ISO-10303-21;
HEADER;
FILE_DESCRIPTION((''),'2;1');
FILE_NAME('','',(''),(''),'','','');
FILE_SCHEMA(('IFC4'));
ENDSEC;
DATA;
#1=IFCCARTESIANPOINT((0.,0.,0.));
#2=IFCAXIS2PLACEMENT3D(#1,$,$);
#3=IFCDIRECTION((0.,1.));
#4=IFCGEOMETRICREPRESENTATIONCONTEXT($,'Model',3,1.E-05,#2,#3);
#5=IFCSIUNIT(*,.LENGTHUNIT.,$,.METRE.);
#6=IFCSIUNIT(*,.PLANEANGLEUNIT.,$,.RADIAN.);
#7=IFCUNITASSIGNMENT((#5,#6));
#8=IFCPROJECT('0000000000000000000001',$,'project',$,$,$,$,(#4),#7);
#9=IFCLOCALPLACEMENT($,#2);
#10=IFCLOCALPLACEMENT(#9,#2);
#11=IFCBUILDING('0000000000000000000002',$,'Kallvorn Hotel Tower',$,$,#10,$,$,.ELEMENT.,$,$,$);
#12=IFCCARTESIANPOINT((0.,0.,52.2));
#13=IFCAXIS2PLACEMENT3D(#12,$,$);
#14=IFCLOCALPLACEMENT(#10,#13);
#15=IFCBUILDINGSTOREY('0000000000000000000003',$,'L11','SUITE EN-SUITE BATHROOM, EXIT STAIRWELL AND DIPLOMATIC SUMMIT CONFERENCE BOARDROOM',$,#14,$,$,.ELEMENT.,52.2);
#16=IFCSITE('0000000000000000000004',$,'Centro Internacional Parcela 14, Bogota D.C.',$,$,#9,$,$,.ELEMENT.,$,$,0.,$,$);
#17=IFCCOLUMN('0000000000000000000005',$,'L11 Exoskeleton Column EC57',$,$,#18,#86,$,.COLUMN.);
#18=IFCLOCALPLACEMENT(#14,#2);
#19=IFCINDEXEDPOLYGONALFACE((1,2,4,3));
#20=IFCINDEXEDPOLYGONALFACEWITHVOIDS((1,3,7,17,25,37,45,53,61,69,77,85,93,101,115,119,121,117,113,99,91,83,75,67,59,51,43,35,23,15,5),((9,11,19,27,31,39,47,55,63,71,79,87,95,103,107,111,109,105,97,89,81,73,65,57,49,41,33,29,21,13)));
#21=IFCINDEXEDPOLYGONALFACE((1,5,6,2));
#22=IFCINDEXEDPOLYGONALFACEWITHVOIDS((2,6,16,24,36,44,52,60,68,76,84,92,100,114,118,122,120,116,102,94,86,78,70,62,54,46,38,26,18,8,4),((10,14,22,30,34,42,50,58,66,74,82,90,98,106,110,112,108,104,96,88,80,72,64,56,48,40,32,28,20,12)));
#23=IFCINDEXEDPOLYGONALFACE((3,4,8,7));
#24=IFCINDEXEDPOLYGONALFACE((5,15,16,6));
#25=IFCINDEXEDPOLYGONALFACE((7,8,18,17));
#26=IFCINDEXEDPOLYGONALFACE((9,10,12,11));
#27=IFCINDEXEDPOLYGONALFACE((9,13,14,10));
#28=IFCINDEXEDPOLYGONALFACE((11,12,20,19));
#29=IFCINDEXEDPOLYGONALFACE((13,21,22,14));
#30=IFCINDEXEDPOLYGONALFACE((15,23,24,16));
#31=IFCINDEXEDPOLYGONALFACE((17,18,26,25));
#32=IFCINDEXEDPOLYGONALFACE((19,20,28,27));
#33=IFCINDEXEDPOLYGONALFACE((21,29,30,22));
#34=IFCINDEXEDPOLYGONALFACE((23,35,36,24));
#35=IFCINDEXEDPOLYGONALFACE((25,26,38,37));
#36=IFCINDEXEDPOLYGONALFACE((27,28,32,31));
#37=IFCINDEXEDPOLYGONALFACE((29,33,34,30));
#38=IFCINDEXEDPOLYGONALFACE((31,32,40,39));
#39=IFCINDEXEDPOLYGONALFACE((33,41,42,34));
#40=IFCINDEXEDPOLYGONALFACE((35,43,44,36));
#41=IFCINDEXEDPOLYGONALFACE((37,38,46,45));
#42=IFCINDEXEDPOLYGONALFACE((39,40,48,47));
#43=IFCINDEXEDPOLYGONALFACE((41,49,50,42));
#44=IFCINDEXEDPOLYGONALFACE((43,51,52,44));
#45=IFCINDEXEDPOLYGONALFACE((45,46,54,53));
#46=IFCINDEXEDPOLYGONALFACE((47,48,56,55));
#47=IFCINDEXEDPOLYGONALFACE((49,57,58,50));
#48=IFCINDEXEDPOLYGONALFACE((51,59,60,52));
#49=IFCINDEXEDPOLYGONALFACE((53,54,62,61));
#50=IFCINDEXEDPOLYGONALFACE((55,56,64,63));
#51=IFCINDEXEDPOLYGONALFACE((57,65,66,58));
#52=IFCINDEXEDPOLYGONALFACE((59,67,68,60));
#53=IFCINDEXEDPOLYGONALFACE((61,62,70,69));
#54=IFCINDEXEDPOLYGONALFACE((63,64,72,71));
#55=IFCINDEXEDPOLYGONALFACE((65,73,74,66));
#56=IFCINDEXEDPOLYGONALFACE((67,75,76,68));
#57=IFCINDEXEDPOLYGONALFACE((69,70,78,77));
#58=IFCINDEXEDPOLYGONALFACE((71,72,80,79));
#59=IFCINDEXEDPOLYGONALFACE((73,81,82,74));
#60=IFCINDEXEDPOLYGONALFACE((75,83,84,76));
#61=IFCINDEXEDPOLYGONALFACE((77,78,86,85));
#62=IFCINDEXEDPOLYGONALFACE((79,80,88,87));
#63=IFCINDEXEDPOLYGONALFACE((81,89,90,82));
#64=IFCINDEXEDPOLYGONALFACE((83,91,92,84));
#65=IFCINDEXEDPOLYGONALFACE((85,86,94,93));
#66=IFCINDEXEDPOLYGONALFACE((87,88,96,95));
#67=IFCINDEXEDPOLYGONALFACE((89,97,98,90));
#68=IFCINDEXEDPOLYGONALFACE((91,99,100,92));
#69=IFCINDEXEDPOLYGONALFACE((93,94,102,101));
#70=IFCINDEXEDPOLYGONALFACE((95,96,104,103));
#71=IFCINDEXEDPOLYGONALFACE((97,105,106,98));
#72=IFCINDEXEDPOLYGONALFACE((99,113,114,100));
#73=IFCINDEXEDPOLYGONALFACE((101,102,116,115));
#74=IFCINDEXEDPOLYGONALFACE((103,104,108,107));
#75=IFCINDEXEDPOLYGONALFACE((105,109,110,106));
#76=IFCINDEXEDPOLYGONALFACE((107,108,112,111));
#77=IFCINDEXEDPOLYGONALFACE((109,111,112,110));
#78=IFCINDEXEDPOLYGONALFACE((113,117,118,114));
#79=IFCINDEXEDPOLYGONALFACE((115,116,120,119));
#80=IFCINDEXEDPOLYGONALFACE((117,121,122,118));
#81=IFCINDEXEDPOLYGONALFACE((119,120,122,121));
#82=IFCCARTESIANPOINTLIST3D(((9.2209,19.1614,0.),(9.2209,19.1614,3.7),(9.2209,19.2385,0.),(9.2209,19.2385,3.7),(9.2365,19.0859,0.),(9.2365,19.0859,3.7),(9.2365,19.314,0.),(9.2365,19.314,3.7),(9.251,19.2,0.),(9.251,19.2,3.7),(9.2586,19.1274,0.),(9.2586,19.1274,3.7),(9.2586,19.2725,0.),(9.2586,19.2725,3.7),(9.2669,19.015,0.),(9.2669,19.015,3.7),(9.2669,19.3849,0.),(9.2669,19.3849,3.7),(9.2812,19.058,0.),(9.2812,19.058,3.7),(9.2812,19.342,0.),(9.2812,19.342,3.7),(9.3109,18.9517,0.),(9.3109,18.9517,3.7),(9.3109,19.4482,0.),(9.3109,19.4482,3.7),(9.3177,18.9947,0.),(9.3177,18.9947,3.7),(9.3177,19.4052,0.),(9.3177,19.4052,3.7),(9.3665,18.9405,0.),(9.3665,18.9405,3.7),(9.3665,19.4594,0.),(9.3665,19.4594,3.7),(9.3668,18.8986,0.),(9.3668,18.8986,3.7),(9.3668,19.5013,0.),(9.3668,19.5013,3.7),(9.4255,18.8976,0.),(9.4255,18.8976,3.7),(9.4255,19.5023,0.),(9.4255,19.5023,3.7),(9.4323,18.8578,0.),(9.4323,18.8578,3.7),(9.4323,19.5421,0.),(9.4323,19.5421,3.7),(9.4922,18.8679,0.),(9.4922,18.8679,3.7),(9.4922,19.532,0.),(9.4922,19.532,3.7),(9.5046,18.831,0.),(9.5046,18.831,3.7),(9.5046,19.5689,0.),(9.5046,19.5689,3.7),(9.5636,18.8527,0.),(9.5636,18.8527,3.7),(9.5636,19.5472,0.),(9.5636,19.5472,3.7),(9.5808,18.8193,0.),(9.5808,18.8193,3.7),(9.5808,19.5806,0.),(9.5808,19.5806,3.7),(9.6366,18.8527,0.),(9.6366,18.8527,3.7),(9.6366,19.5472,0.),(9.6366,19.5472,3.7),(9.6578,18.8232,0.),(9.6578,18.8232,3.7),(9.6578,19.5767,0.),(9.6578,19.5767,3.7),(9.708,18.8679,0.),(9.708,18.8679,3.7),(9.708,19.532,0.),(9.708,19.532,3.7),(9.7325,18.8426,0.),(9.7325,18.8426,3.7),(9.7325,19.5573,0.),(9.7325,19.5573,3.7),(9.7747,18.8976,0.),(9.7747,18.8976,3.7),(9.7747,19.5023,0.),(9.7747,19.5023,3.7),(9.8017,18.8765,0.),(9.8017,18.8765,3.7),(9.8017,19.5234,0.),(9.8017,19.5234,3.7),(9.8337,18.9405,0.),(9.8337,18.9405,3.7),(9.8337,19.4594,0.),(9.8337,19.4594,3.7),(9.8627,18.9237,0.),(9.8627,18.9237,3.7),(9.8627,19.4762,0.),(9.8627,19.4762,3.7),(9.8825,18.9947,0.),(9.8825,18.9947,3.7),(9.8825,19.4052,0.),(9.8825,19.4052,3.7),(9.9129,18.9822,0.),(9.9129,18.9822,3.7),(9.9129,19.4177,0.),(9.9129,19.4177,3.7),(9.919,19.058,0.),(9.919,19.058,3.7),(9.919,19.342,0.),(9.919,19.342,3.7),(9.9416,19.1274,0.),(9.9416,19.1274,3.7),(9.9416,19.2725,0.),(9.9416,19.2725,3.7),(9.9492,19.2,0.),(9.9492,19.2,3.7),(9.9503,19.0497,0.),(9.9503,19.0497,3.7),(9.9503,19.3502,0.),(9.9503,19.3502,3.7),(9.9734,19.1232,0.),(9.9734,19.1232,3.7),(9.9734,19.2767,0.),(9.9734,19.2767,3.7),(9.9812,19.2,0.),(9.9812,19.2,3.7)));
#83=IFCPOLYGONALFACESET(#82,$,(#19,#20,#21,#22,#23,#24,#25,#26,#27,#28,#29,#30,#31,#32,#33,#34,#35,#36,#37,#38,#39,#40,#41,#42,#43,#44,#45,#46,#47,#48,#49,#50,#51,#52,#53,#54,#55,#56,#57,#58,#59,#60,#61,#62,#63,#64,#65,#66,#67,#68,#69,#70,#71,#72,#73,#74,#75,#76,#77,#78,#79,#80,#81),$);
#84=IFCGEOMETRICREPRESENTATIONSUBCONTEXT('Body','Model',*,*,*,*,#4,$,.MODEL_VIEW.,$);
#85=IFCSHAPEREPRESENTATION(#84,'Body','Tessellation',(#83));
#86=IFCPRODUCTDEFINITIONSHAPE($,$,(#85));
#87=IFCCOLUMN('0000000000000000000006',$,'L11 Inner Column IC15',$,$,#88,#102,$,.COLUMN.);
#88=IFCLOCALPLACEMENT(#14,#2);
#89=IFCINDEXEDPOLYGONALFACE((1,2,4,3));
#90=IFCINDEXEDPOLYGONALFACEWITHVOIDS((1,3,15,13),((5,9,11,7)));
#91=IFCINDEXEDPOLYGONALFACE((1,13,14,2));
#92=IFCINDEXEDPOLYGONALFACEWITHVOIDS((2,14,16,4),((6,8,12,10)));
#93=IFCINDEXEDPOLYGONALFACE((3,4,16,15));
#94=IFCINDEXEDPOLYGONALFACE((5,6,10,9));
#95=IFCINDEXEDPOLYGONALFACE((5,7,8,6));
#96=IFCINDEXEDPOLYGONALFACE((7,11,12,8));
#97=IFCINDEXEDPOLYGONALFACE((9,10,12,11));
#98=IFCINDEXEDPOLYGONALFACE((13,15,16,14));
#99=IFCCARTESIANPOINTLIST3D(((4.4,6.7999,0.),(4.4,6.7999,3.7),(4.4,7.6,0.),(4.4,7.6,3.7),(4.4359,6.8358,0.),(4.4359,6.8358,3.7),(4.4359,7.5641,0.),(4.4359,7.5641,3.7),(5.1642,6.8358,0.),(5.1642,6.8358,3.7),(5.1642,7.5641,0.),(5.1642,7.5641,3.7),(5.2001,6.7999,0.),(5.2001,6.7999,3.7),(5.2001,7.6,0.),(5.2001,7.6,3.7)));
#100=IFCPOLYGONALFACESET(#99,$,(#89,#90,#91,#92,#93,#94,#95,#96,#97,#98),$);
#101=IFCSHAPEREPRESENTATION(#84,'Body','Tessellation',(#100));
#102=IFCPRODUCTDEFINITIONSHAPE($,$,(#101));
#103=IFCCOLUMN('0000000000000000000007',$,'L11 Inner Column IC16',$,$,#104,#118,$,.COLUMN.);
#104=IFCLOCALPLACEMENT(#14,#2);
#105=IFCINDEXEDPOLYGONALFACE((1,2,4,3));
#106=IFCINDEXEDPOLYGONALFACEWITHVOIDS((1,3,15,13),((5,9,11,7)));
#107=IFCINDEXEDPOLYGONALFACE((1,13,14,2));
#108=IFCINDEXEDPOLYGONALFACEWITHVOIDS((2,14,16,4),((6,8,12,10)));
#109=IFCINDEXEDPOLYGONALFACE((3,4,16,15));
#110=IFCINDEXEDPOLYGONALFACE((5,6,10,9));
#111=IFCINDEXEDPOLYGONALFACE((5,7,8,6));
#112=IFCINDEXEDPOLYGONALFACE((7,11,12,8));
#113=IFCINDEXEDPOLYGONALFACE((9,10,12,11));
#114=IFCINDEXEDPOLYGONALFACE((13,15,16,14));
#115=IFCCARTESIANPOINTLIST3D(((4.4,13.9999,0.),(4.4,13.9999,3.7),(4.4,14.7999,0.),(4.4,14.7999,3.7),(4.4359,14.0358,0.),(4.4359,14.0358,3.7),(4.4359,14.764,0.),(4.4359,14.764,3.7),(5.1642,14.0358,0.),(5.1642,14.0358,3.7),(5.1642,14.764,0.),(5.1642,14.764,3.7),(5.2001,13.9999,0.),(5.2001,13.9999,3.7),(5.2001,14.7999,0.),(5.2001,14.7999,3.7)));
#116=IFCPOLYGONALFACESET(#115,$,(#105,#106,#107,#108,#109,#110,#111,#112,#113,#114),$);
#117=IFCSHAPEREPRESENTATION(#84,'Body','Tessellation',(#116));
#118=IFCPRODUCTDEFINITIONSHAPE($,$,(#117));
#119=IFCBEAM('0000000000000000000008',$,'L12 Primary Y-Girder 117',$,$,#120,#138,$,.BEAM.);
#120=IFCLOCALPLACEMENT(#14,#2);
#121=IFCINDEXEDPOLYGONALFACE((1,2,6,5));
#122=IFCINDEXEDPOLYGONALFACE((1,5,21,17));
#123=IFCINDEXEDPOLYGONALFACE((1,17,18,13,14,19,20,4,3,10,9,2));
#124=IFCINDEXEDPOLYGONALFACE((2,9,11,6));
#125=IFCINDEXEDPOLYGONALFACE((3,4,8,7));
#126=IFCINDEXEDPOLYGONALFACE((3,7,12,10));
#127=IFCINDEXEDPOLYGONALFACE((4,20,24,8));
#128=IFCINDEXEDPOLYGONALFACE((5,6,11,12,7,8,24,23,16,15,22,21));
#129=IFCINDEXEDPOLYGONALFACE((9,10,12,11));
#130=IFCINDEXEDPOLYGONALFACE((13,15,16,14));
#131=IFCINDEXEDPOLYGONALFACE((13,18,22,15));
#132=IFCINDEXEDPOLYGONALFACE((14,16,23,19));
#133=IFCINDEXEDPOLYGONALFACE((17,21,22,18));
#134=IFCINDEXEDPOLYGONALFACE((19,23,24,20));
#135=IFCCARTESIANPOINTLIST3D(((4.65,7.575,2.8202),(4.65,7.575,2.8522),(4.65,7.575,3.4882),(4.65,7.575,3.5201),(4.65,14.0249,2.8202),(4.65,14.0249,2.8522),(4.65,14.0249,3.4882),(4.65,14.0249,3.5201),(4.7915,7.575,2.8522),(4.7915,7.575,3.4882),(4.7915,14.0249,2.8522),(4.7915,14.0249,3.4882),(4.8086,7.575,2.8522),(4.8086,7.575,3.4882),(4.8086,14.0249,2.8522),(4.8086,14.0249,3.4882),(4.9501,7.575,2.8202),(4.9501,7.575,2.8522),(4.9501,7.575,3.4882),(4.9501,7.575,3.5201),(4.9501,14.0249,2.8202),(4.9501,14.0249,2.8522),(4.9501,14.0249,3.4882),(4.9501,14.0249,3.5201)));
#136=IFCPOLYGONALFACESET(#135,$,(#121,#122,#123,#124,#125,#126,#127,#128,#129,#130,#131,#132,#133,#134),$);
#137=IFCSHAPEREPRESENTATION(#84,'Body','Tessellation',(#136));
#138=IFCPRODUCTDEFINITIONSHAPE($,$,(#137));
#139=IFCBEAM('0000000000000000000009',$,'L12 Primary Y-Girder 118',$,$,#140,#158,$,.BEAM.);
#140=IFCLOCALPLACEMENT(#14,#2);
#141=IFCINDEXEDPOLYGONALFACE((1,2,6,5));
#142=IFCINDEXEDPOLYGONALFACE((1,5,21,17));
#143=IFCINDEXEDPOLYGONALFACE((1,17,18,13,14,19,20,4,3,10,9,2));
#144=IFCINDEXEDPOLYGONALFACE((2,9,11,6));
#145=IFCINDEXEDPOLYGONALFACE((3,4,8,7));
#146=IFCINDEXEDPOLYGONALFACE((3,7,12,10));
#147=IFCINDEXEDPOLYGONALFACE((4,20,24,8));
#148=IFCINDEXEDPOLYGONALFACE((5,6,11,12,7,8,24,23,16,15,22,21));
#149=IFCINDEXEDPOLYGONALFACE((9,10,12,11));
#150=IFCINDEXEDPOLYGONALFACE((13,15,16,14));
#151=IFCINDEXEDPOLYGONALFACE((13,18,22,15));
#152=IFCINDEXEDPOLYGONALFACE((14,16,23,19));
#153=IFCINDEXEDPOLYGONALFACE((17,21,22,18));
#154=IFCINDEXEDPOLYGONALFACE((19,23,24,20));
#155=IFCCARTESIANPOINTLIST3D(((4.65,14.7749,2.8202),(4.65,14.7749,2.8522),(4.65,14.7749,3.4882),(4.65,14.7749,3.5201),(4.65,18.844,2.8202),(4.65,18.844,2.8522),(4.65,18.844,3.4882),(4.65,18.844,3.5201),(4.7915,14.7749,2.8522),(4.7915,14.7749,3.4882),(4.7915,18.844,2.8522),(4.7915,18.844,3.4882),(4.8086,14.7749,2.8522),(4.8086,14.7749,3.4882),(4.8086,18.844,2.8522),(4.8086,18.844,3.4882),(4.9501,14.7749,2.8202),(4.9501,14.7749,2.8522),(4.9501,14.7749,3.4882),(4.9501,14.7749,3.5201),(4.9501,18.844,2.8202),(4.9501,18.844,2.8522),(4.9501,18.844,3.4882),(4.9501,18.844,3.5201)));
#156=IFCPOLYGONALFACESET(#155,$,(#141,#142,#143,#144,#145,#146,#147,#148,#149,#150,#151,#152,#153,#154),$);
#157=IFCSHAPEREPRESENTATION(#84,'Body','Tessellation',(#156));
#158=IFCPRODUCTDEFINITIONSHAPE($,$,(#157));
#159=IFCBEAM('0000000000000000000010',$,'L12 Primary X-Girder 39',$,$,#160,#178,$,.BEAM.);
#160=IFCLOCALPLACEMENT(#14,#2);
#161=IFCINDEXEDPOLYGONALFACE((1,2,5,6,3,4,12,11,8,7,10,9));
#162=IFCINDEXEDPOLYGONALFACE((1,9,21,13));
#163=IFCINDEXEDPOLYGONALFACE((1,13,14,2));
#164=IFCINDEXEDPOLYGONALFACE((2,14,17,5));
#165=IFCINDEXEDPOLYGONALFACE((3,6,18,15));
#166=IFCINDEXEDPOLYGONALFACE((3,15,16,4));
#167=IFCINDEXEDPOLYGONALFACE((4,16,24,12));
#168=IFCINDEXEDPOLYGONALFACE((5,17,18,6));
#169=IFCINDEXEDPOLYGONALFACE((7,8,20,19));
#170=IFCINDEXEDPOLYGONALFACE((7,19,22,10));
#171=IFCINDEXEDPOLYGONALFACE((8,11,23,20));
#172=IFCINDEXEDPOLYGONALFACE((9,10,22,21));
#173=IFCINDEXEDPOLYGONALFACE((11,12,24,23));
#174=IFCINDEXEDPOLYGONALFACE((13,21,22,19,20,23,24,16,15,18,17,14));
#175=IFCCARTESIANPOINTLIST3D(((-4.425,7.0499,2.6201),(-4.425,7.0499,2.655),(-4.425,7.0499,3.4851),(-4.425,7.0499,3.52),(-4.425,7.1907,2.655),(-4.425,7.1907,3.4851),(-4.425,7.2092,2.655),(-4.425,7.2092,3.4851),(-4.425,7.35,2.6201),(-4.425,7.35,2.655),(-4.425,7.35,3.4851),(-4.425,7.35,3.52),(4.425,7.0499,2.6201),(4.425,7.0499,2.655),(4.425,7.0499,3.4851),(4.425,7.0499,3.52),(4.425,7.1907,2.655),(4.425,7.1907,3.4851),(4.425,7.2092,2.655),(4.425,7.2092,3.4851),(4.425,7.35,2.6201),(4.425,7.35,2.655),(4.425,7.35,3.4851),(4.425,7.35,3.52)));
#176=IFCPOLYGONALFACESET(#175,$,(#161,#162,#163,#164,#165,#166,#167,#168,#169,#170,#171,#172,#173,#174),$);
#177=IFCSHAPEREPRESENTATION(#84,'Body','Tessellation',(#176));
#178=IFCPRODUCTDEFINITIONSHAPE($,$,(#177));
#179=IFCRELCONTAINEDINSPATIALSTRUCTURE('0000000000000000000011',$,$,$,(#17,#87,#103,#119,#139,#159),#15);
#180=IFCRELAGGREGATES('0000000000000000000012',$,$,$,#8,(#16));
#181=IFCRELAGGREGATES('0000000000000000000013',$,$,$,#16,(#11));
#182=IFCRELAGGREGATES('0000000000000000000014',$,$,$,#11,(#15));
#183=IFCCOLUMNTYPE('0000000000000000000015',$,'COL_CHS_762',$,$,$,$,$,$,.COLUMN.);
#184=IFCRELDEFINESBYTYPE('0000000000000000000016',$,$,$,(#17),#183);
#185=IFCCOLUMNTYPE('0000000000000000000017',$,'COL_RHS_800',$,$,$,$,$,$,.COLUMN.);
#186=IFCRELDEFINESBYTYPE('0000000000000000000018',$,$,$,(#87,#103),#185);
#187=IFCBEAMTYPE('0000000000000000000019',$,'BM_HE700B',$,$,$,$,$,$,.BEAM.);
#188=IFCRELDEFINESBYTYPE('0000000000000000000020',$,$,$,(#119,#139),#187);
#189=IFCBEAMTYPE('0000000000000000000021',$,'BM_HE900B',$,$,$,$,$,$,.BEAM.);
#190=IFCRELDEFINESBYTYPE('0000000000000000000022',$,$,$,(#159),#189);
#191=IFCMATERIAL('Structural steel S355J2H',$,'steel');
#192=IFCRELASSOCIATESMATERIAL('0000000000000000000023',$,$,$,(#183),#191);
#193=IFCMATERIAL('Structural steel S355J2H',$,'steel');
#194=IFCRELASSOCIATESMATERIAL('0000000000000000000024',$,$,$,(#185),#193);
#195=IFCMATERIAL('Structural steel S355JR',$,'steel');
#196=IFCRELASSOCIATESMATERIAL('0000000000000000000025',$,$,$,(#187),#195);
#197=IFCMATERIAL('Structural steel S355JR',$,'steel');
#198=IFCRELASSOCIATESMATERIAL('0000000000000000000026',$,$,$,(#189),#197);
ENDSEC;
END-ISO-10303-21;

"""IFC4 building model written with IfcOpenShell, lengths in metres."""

from ifc_helpers import new_model, si_unit, direction, frame, origin, origin_2d, place, context, subcontext, project, spatial, hollow_rectangle, hollow_circle, i_section, extrude, material, material_profile, profile_set, type_object, element, save


model = new_model("IFC4")

# Units and contexts
model_context = context("Model", 3, precision=1e-05, world=origin(), true_north=direction((0.0, 1.0)))
body_context = subcontext(model_context, "Body", "Model", "MODEL_VIEW")
ifc_project = project(units=[si_unit("LENGTHUNIT", "METRE"), si_unit("PLANEANGLEUNIT", "RADIAN")], contexts=[model_context])

# Site, building, storey
site_placement = place(None, origin())
site = spatial("IfcSite", under=ifc_project, at=site_placement, Name="Centro Internacional Parcela 14, Bogota D.C.", CompositionType="ELEMENT", RefElevation=0.0)
building_placement = place(site_placement, origin())
building = spatial("IfcBuilding", under=site, at=building_placement, Name="Kallvorn Hotel Tower", CompositionType="ELEMENT")
storey_placement = place(building_placement, frame((0.0, 0.0, 52.2)))
storey = spatial("IfcBuildingStorey", under=building, at=storey_placement, Name="L11", Description="SUITE EN-SUITE BATHROOM, EXIT STAIRWELL AND DIPLOMATIC SUMMIT CONFERENCE BOARDROOM", CompositionType="ELEMENT", Elevation=52.2)

# Columns
ifc_material_1 = material(Name="Structural steel S355J2H", Category="steel")
ifc_material_profile_1 = material_profile(ifc_material_1, hollow_circle(Radius=0.3811, WallThickness=0.032, at=origin_2d()), Name="CHS 762x32")
ifc_profile_set_1 = profile_set([ifc_material_profile_1], Name="Structural steel S355J2H")
column_type_1 = type_object("IfcColumnType", Name="COL_CHS_762", PredefinedType="COLUMN", material=ifc_profile_set_1)
for number, where, z_axis, x_axis, name in (
    (1, (9.6001, 19.2, 0.0), (0.0, 0.0, 1.0), (1.0, 0.0, 0.0), "L11 Exoskeleton Column EC57"),
):
    element("IfcColumn", number, at=place(storey_placement, frame(where, z_axis=z_axis, x_axis=x_axis)), inside=storey, type_object=column_type_1, Name=name, PredefinedType="COLUMN", context=body_context, shape_type="SweptSolid", body=[
        extrude(hollow_circle(Radius=0.3811, WallThickness=0.032, at=origin_2d()), origin(), (0.0, 0.0, 1.0), 3.7),
    ])
ifc_material_2 = material(Name="Structural steel S355J2H", Category="steel")
ifc_material_profile_2 = material_profile(ifc_material_2, hollow_rectangle(XDim=0.8, YDim=0.8, WallThickness=0.0359, at=origin_2d()), Name="RHS 800x800x36")
ifc_profile_set_2 = profile_set([ifc_material_profile_2], Name="Structural steel S355J2H")
column_type_2 = type_object("IfcColumnType", Name="COL_RHS_800", PredefinedType="COLUMN", material=ifc_profile_set_2)
for number, where, z_axis, x_axis, name in (
    (2, (4.8, 7.2, 0.0), (0.0, 0.0, 1.0), (1.0, 0.0, 0.0), "L11 Inner Column IC15"),
    (3, (4.8, 14.3999, 0.0), (0.0, 0.0, 1.0), (1.0, 0.0, 0.0), "L11 Inner Column IC16"),
):
    element("IfcColumn", number, at=place(storey_placement, frame(where, z_axis=z_axis, x_axis=x_axis)), inside=storey, type_object=column_type_2, Name=name, PredefinedType="COLUMN", context=body_context, shape_type="SweptSolid", body=[
        extrude(hollow_rectangle(XDim=0.8, YDim=0.8, WallThickness=0.0359, at=origin_2d()), origin(), (0.0, 0.0, 1.0), 3.7),
    ])

# Beams
ifc_material_3 = material(Name="Structural steel S355JR", Category="steel")
ifc_material_profile_3 = material_profile(ifc_material_3, i_section(OverallWidth=0.3, OverallDepth=0.7, WebThickness=0.0171, FlangeThickness=0.032, at=origin_2d()), Name="HE 700 B")
ifc_profile_set_3 = profile_set([ifc_material_profile_3], Name="Structural steel S355JR")
beam_type_1 = type_object("IfcBeamType", Name="BM_HE700B", PredefinedType="BEAM", material=ifc_profile_set_3)
beam_1_placement = place(storey_placement, frame((4.8, 7.575, 3.1702), z_axis=(0.0, 1.0, 0.0), x_axis=(-1.0, 0.0, 0.0)))
element("IfcBeam", 4, at=beam_1_placement, inside=storey, type_object=beam_type_1, Name="L12 Primary Y-Girder 117", PredefinedType="BEAM", context=body_context, shape_type="SweptSolid", body=[
    extrude(i_section(OverallWidth=0.3, OverallDepth=0.7, WebThickness=0.0171, FlangeThickness=0.032, at=origin_2d()), origin(), (0.0, 0.0, 1.0), 6.45),
])
beam_2_placement = place(storey_placement, frame((4.8, 14.7749, 3.1702), z_axis=(0.0, 1.0, 0.0), x_axis=(-1.0, 0.0, 0.0)))
element("IfcBeam", 5, at=beam_2_placement, inside=storey, type_object=beam_type_1, Name="L12 Primary Y-Girder 118", PredefinedType="BEAM", context=body_context, shape_type="SweptSolid", body=[
    extrude(i_section(OverallWidth=0.3, OverallDepth=0.7, WebThickness=0.0171, FlangeThickness=0.032, at=origin_2d()), origin(), (0.0, 0.0, 1.0), 4.0691),
])
ifc_material_4 = material(Name="Structural steel S355JR", Category="steel")
ifc_material_profile_4 = material_profile(ifc_material_4, i_section(OverallWidth=0.3, OverallDepth=0.8999, WebThickness=0.0186, FlangeThickness=0.0349, at=origin_2d()), Name="HE 900 B")
ifc_profile_set_4 = profile_set([ifc_material_profile_4], Name="Structural steel S355JR")
beam_type_2 = type_object("IfcBeamType", Name="BM_HE900B", PredefinedType="BEAM", material=ifc_profile_set_4)
beam_3_placement = place(storey_placement, frame((-4.425, 7.2, 3.0701), z_axis=(1.0, 0.0, 0.0), x_axis=(0.0, 1.0, 0.0)))
element("IfcBeam", 6, at=beam_3_placement, inside=storey, type_object=beam_type_2, Name="L12 Primary X-Girder 39", PredefinedType="BEAM", context=body_context, shape_type="SweptSolid", body=[
    extrude(i_section(OverallWidth=0.3, OverallDepth=0.8999, WebThickness=0.0186, FlangeThickness=0.0349, at=origin_2d()), origin(), (0.0, 0.0, 1.0), 8.8501),
])

save(model, "model.ifc")
